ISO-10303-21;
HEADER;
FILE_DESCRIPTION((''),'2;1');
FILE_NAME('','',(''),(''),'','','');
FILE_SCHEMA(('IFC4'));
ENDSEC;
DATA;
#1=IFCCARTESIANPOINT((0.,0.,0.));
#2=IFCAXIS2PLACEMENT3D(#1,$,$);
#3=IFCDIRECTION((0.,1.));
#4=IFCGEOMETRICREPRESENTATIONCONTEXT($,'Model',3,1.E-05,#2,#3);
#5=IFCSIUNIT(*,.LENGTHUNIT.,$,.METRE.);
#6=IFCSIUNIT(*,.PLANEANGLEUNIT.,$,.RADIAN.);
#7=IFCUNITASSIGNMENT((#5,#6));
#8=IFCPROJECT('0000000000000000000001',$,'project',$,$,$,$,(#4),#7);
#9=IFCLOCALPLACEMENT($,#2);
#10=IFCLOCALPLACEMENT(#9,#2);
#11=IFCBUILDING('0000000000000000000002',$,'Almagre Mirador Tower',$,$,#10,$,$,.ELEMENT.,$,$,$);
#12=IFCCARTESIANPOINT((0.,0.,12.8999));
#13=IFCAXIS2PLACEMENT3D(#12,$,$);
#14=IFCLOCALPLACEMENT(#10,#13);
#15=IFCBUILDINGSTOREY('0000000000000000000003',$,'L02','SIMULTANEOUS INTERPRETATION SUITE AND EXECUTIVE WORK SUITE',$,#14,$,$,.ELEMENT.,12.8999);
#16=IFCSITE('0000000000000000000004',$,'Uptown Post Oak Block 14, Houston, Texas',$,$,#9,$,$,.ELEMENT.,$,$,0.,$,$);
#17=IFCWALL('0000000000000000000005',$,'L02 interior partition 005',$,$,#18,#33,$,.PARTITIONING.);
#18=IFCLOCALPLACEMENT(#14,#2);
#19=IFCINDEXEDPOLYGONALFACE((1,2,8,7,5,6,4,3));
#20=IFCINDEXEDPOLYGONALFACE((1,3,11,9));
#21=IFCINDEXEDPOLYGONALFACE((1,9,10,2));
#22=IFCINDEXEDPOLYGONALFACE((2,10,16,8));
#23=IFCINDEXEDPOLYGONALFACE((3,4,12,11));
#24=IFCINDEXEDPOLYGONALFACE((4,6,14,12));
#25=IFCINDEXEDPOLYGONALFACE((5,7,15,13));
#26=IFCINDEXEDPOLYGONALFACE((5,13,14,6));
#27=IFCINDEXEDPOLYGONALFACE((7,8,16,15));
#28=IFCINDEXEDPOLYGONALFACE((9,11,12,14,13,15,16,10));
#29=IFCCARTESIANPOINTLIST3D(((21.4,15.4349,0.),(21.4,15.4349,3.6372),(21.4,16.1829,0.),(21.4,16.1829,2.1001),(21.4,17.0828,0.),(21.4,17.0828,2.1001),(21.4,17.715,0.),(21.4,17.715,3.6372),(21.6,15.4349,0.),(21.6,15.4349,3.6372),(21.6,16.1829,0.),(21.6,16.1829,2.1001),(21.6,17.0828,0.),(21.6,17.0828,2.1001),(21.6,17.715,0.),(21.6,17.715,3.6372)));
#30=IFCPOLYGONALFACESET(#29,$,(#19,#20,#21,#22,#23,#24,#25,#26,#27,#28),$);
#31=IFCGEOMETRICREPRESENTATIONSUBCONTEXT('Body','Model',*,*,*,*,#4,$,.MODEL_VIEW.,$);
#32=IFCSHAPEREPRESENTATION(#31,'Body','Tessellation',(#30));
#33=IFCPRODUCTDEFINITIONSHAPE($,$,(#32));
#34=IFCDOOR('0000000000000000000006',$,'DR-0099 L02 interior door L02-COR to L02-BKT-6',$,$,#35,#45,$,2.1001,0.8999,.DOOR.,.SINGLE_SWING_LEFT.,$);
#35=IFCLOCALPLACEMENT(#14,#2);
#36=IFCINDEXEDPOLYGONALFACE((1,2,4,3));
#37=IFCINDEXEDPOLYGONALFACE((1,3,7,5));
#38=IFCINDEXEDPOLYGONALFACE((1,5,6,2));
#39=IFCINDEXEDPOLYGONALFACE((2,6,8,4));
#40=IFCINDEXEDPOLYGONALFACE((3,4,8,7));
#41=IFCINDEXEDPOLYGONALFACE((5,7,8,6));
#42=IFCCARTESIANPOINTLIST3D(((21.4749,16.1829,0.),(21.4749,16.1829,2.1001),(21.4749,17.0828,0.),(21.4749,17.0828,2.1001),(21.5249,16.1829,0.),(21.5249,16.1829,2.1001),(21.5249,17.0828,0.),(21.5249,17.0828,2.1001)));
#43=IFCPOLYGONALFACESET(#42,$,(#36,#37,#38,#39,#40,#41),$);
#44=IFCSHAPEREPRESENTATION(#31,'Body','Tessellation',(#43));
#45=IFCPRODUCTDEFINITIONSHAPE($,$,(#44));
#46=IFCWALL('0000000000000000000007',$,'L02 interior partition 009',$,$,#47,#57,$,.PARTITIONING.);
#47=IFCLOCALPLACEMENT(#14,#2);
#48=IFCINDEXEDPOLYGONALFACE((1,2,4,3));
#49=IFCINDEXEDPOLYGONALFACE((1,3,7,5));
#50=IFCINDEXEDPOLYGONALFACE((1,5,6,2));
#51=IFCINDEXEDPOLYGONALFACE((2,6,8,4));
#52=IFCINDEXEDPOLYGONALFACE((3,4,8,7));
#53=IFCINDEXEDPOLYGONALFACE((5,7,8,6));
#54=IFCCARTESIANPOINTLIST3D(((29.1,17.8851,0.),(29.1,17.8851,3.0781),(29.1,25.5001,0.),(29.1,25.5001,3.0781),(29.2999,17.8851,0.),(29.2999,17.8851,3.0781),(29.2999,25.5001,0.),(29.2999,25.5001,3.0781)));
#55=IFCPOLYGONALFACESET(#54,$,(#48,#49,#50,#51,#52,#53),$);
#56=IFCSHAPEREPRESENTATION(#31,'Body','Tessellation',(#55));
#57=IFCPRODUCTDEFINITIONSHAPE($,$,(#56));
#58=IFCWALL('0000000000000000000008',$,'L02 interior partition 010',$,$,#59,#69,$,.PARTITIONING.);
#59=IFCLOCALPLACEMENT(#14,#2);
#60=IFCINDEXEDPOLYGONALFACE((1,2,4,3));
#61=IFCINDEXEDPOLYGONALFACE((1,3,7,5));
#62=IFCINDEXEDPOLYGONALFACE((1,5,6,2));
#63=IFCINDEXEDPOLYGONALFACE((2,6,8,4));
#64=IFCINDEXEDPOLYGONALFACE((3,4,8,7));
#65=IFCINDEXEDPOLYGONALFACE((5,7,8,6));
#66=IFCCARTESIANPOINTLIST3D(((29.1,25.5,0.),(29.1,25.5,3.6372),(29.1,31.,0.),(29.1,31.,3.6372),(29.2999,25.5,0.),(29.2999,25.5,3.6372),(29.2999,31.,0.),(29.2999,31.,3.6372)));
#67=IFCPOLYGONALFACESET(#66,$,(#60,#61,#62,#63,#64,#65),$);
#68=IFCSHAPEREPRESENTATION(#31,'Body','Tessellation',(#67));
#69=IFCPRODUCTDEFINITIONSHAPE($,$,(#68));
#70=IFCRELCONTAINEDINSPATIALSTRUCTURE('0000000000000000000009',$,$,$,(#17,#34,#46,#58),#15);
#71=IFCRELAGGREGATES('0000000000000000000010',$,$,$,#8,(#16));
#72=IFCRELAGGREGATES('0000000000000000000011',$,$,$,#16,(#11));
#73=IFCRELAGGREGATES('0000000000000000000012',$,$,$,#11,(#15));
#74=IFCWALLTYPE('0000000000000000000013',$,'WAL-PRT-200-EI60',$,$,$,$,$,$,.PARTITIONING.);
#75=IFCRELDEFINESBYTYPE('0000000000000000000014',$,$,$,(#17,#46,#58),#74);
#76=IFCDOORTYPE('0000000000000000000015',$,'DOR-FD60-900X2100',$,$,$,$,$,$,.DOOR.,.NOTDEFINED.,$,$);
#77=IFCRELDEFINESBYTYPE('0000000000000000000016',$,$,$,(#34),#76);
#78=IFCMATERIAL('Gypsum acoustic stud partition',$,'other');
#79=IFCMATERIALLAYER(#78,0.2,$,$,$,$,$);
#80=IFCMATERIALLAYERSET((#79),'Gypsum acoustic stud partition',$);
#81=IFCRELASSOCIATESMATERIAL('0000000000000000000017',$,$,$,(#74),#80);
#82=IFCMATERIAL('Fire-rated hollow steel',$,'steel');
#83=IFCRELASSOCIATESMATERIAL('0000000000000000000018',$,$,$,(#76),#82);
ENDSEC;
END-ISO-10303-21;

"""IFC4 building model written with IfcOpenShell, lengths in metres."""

from ifc_helpers import new_model, si_unit, direction, frame, frame_2d, origin, place, context, subcontext, project, spatial, rectangle, extrude, material, layer, layer_set, type_object, element, fill, save


model = new_model("IFC4")

# Units and contexts
model_context = context("Model", 3, precision=1e-05, world=origin(), true_north=direction((0.0, 1.0)))
body_context = subcontext(model_context, "Body", "Model", "MODEL_VIEW")
ifc_project = project(units=[si_unit("LENGTHUNIT", "METRE"), si_unit("PLANEANGLEUNIT", "RADIAN")], contexts=[model_context])

# Site, building, storey
site_placement = place(None, origin())
site = spatial("IfcSite", under=ifc_project, at=site_placement, Name="Uptown Post Oak Block 14, Houston, Texas", CompositionType="ELEMENT", RefElevation=0.0)
building_placement = place(site_placement, origin())
building = spatial("IfcBuilding", under=site, at=building_placement, Name="Almagre Mirador Tower", CompositionType="ELEMENT")
storey_placement = place(building_placement, frame((0.0, 0.0, 12.8999)))
storey = spatial("IfcBuildingStorey", under=building, at=storey_placement, Name="L02", Description="SIMULTANEOUS INTERPRETATION SUITE AND EXECUTIVE WORK SUITE", CompositionType="ELEMENT", Elevation=12.8999)

# Shared definitions
ifc_material_1 = material(Name="Gypsum acoustic stud partition", Category="other")
ifc_layer_1 = layer(ifc_material_1, 0.2)
ifc_layer_set_1 = layer_set([ifc_layer_1], Name="Gypsum acoustic stud partition")
wall_type_1 = type_object("IfcWallType", Name="WAL-PRT-200-EI60", PredefinedType="PARTITIONING", material=ifc_layer_set_1)
ifc_material_2 = material(Name="Fire-rated hollow steel", Category="steel")
door_type = type_object("IfcDoorType", Name="DOR-FD60-900X2100", OperationType="NOTDEFINED", PredefinedType="DOOR", material=ifc_material_2)

# Wall, opening, door
wall_1_placement = place(storey_placement, frame((21.5, 17.7151, 0.0), z_axis=(0.0, 0.0, 1.0), x_axis=(0.0, -1.0, 0.0)))
wall_1 = element("IfcWall", 1, at=wall_1_placement, inside=storey, type_object=wall_type_1, Name="L02 interior partition 005", PredefinedType="PARTITIONING", context=body_context, shape_type="SweptSolid", body=[
    extrude(rectangle(XDim=2.28, YDim=0.2, at=frame_2d((1.1401, 0.0))), origin(), (0.0, 0.0, 1.0), 3.6372),
])
opening_1_placement = place(wall_1_placement, frame((0.6323, 0.0, 0.0)))
opening_1 = element("IfcOpeningElement", 2, at=opening_1_placement, cuts=wall_1, PredefinedType="OPENING", context=body_context, shape_type="SweptSolid", body=[
    extrude(rectangle(XDim=0.8999, YDim=2.1001, at=frame_2d((0.45, 1.05))), frame((0.0, 0.1101, 0.0), z_axis=(0.0, -1.0, 0.0), x_axis=(1.0, 0.0, 0.0)), (0.0, 0.0, 1.0), 0.22),
])
door_1_placement = place(opening_1_placement, origin())
door_1 = element("IfcDoor", 3, at=door_1_placement, inside=storey, type_object=door_type, Name="DR-0099 L02 interior door L02-COR to L02-BKT-6", OperationType="SINGLE_SWING_LEFT", OverallHeight=2.1001, OverallWidth=0.8999, PredefinedType="DOOR", context=body_context, shape_type="SweptSolid", body=[
    extrude(rectangle(XDim=0.8999, YDim=2.1001, at=frame_2d((0.45, 1.05))), frame((0.0, 0.0249, 0.0), z_axis=(0.0, -1.0, 0.0), x_axis=(1.0, 0.0, 0.0)), (0.0, 0.0, 1.0), 0.05),
])
fill(opening_1, door_1)

# Walls
wall_2_placement = place(storey_placement, frame((29.2, 17.885, 0.0), z_axis=(0.0, 0.0, 1.0), x_axis=(0.0, 1.0, 0.0)))
element("IfcWall", 4, at=wall_2_placement, inside=storey, type_object=wall_type_1, Name="L02 interior partition 009", PredefinedType="PARTITIONING", context=body_context, shape_type="SweptSolid", body=[
    extrude(rectangle(XDim=7.615, YDim=0.2, at=frame_2d((3.8076, 0.0))), origin(), (0.0, 0.0, 1.0), 3.0781),
])
wall_3_placement = place(storey_placement, frame((29.2, 25.5, 0.0), z_axis=(0.0, 0.0, 1.0), x_axis=(0.0, 1.0, 0.0)))
element("IfcWall", 5, at=wall_3_placement, inside=storey, type_object=wall_type_1, Name="L02 interior partition 010", PredefinedType="PARTITIONING", context=body_context, shape_type="SweptSolid", body=[
    extrude(rectangle(XDim=5.5, YDim=0.2, at=frame_2d((2.75, 0.0))), origin(), (0.0, 0.0, 1.0), 3.6372),
])

save(model, "model.ifc")
